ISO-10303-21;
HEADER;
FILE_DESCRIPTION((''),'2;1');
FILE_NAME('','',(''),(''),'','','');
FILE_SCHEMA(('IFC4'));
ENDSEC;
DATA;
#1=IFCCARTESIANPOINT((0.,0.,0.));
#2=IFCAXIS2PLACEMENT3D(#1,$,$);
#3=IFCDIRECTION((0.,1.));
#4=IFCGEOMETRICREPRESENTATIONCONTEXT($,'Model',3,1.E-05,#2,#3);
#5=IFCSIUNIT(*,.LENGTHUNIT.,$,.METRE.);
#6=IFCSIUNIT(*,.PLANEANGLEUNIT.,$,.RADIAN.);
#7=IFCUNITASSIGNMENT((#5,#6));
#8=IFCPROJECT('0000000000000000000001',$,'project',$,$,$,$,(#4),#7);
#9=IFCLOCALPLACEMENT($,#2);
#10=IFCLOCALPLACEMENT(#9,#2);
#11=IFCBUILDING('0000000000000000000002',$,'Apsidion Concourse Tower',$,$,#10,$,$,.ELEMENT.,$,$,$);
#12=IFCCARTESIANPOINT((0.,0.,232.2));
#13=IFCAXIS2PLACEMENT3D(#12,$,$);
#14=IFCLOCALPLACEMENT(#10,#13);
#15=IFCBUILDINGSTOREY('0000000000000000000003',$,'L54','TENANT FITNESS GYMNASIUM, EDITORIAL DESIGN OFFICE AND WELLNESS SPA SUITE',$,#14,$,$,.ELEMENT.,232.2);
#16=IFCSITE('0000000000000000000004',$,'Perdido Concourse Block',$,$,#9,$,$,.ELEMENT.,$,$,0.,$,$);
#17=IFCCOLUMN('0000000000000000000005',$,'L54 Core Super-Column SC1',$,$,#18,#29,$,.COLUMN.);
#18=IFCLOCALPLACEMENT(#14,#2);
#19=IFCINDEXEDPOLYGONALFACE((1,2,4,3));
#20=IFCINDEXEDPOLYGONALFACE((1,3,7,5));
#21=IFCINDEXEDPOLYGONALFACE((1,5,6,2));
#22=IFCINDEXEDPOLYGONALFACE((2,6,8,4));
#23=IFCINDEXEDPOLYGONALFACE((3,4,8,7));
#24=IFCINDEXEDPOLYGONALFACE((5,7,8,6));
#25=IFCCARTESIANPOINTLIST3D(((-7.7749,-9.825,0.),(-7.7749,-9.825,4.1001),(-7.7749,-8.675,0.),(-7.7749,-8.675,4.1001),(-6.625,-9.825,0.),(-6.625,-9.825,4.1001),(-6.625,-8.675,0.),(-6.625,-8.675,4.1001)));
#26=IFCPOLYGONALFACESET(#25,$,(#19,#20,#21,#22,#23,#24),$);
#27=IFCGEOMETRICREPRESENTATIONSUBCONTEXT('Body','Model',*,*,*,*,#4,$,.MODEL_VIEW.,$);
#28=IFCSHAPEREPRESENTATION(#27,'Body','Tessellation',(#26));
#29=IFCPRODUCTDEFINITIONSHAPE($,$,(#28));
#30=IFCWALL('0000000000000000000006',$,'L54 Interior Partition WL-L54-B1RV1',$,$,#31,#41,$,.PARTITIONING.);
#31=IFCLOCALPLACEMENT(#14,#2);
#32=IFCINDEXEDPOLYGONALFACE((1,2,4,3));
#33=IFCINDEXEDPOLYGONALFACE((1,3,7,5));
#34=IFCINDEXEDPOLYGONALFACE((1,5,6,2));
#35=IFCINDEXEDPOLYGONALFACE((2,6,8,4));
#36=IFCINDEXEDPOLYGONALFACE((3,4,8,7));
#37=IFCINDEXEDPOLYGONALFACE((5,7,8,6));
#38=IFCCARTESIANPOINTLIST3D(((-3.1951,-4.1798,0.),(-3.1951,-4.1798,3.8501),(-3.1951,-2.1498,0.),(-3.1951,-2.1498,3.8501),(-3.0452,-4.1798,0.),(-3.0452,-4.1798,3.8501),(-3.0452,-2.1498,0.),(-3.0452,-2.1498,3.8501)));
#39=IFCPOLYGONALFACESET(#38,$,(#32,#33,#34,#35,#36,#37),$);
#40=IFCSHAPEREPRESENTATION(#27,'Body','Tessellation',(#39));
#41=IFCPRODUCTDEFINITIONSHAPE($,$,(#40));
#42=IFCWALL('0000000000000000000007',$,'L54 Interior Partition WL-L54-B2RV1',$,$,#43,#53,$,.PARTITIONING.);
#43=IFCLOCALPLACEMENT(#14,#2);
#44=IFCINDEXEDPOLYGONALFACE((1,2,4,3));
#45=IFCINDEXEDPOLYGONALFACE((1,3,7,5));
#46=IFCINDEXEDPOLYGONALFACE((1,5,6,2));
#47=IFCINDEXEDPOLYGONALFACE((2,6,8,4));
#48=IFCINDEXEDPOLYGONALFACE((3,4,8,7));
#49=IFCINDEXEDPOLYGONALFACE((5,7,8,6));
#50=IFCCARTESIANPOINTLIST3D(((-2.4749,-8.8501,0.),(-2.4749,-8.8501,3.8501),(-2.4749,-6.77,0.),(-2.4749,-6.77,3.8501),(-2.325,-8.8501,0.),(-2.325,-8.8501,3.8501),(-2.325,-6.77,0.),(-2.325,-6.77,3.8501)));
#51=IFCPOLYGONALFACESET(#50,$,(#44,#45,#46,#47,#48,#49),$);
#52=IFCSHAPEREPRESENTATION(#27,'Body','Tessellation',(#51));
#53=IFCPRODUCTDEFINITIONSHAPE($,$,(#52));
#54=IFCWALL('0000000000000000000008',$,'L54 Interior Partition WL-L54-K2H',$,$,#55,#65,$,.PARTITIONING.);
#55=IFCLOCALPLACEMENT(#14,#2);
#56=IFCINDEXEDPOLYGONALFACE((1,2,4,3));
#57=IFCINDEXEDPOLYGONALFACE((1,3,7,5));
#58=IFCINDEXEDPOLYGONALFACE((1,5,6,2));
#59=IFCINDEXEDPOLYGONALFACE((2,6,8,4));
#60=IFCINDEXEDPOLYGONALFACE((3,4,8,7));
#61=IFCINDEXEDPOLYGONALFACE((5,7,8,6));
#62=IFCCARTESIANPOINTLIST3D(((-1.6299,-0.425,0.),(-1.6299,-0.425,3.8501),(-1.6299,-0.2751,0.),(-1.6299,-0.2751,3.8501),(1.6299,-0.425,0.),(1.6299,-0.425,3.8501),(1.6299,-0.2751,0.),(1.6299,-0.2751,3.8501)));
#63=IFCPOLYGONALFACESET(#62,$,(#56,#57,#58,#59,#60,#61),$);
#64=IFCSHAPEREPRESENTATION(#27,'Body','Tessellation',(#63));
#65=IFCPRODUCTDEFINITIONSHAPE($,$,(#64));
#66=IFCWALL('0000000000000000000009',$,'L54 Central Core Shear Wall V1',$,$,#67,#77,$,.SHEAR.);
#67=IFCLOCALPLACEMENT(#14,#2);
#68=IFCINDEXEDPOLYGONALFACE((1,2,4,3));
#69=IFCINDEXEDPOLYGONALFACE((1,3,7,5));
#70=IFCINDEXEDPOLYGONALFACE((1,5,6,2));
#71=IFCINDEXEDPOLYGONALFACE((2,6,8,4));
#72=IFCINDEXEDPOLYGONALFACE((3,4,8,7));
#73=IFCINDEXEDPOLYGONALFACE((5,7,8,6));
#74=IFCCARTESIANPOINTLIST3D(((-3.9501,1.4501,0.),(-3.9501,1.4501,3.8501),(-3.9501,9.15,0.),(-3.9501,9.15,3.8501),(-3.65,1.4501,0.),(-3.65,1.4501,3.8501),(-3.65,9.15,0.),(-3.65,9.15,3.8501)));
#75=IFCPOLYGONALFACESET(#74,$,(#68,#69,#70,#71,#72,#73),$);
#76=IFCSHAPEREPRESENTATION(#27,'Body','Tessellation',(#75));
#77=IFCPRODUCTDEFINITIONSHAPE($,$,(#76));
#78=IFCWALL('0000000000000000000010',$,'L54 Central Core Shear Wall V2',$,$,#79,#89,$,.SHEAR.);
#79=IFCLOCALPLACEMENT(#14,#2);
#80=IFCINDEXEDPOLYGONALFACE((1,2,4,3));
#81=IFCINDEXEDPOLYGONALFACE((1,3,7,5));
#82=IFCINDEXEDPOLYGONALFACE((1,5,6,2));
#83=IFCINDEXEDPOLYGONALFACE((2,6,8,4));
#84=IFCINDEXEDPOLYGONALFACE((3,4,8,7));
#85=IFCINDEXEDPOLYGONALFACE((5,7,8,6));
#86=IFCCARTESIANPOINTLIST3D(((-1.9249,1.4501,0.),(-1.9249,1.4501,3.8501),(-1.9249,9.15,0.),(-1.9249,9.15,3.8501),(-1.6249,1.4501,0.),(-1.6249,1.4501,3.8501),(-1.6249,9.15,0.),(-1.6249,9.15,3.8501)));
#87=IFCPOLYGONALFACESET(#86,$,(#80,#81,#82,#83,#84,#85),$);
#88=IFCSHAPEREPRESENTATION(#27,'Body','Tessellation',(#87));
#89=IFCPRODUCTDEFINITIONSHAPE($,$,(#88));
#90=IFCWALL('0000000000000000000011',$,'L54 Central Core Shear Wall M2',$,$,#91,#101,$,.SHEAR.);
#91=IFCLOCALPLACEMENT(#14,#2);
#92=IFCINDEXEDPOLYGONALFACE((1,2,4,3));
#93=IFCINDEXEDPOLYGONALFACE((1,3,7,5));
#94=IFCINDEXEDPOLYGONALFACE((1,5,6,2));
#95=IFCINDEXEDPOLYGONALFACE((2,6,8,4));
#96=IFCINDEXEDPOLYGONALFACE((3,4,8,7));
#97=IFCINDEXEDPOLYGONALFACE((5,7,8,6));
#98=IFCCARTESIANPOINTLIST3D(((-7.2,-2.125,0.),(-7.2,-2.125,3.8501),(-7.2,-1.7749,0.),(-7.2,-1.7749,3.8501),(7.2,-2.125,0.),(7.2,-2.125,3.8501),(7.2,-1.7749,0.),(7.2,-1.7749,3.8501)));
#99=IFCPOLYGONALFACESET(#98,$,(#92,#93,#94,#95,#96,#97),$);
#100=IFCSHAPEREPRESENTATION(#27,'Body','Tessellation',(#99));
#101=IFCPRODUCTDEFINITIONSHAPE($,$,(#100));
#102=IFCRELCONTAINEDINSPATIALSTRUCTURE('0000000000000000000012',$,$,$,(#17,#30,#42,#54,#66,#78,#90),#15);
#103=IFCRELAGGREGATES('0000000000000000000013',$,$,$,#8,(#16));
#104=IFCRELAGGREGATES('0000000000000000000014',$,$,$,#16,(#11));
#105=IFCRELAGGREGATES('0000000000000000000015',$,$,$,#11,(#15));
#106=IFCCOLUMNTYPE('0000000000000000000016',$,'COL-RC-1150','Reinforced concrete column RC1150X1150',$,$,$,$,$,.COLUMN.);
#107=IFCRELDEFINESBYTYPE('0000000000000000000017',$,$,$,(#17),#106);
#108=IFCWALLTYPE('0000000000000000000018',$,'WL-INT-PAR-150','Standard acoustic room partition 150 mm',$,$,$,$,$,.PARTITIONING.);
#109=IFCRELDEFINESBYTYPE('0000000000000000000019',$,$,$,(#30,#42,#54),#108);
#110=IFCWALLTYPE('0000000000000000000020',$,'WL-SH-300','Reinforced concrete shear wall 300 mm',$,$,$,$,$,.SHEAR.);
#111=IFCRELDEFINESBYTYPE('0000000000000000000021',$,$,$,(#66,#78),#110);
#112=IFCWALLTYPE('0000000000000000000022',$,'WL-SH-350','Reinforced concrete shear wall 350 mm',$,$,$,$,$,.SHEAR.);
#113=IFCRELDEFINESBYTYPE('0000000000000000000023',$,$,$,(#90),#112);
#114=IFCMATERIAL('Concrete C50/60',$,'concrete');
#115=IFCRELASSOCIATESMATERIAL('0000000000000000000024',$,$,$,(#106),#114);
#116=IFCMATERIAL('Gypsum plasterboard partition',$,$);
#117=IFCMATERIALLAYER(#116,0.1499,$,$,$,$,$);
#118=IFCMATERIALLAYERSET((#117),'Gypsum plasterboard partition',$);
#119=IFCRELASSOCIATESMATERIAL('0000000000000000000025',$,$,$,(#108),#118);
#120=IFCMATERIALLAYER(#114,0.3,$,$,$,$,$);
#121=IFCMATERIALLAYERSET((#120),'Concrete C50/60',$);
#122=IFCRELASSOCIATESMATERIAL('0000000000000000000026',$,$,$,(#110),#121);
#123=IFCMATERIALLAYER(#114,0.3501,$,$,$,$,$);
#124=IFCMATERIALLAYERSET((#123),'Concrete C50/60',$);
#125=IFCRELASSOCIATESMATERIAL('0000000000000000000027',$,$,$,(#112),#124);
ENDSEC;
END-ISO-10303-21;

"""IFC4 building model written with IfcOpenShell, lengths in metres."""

from ifc_helpers import new_model, si_unit, direction, frame, frame_2d, origin, origin_2d, place, context, subcontext, project, spatial, rectangle, extrude, material, layer, layer_set, material_profile, profile_set, type_object, element, save


model = new_model("IFC4")

# Units and contexts
model_context = context("Model", 3, precision=1e-05, world=origin(), true_north=direction((0.0, 1.0)))
body_context = subcontext(model_context, "Body", "Model", "MODEL_VIEW")
ifc_project = project(units=[si_unit("LENGTHUNIT", "METRE"), si_unit("PLANEANGLEUNIT", "RADIAN")], contexts=[model_context])

# Site, building, storey
site_placement = place(None, origin())
site = spatial("IfcSite", under=ifc_project, at=site_placement, Name="Perdido Concourse Block", CompositionType="ELEMENT", RefElevation=0.0)
building_placement = place(site_placement, origin())
building = spatial("IfcBuilding", under=site, at=building_placement, Name="Apsidion Concourse Tower", CompositionType="ELEMENT")
storey_placement = place(building_placement, frame((0.0, 0.0, 232.2)))
storey = spatial("IfcBuildingStorey", under=building, at=storey_placement, Name="L54", Description="TENANT FITNESS GYMNASIUM, EDITORIAL DESIGN OFFICE AND WELLNESS SPA SUITE", CompositionType="ELEMENT", Elevation=232.2)

# Column
ifc_material_1 = material(Name="Concrete C50/60", Category="concrete")
ifc_material_profile = material_profile(ifc_material_1, rectangle(XDim=1.1499, YDim=1.1499, at=origin_2d()), Name="RC 1150x1150")
ifc_profile_set = profile_set([ifc_material_profile], Name="Concrete C50/60")
column_type = type_object("IfcColumnType", Name="COL-RC-1150", Description="Reinforced concrete column RC1150X1150", PredefinedType="COLUMN", material=ifc_profile_set)
column_placement = place(storey_placement, frame((-7.2, -9.25, 0.0), z_axis=(0.0, 0.0, 1.0), x_axis=(1.0, 0.0, 0.0)))
element("IfcColumn", 1, at=column_placement, inside=storey, type_object=column_type, Name="L54 Core Super-Column SC1", PredefinedType="COLUMN", context=body_context, shape_type="SweptSolid", body=[
    extrude(rectangle(XDim=1.1499, YDim=1.1499, at=origin_2d()), origin(), (0.0, 0.0, 1.0), 4.1001),
])

# Walls
ifc_material_2 = material(Name="Gypsum plasterboard partition")
ifc_layer_1 = layer(ifc_material_2, 0.1499)
ifc_layer_set_1 = layer_set([ifc_layer_1], Name="Gypsum plasterboard partition")
wall_type_1 = type_object("IfcWallType", Name="WL-INT-PAR-150", Description="Standard acoustic room partition 150 mm", PredefinedType="PARTITIONING", material=ifc_layer_set_1)
wall_1_placement = place(storey_placement, frame((-3.1201, -4.1799, 0.0), z_axis=(0.0, 0.0, 1.0), x_axis=(0.0, 1.0, 0.0)))
element("IfcWall", 2, at=wall_1_placement, inside=storey, type_object=wall_type_1, Name="L54 Interior Partition WL-L54-B1RV1", PredefinedType="PARTITIONING", context=body_context, shape_type="SweptSolid", body=[
    extrude(rectangle(XDim=2.03, YDim=0.1499, at=frame_2d((1.0151, 0.0))), origin(), (0.0, 0.0, 1.0), 3.8501),
])
wall_2_placement = place(storey_placement, frame((-2.3999, -8.8501, 0.0), z_axis=(0.0, 0.0, 1.0), x_axis=(0.0, 1.0, 0.0)))
element("IfcWall", 3, at=wall_2_placement, inside=storey, type_object=wall_type_1, Name="L54 Interior Partition WL-L54-B2RV1", PredefinedType="PARTITIONING", context=body_context, shape_type="SweptSolid", body=[
    extrude(rectangle(XDim=2.0801, YDim=0.1499, at=frame_2d((1.04, 0.0))), origin(), (0.0, 0.0, 1.0), 3.8501),
])
wall_3_placement = place(storey_placement, frame((-1.6299, -0.3501, 0.0), z_axis=(0.0, 0.0, 1.0), x_axis=(1.0, 0.0, 0.0)))
element("IfcWall", 4, at=wall_3_placement, inside=storey, type_object=wall_type_1, Name="L54 Interior Partition WL-L54-K2H", PredefinedType="PARTITIONING", context=body_context, shape_type="SweptSolid", body=[
    extrude(rectangle(XDim=3.2598, YDim=0.1499, at=frame_2d((1.6299, 0.0))), origin(), (0.0, 0.0, 1.0), 3.8501),
])

# Walls
ifc_layer_2 = layer(ifc_material_1, 0.3)
ifc_layer_set_2 = layer_set([ifc_layer_2], Name="Concrete C50/60")
wall_type_2 = type_object("IfcWallType", Name="WL-SH-300", Description="Reinforced concrete shear wall 300 mm", PredefinedType="SHEAR", material=ifc_layer_set_2)
for number, where, z_axis, x_axis, name in (
    (5, (-3.8, 1.45, 0.0), (0.0, 0.0, 1.0), (0.0, 1.0, 0.0), "L54 Central Core Shear Wall V1"),
    (6, (-1.7749, 1.45, 0.0), (0.0, 0.0, 1.0), (0.0, 1.0, 0.0), "L54 Central Core Shear Wall V2"),
):
    element("IfcWall", number, at=place(storey_placement, frame(where, z_axis=z_axis, x_axis=x_axis)), inside=storey, type_object=wall_type_2, Name=name, PredefinedType="SHEAR", context=body_context, shape_type="SweptSolid", body=[
        extrude(rectangle(XDim=7.7, YDim=0.3, at=frame_2d((3.8501, 0.0))), origin(), (0.0, 0.0, 1.0), 3.8501),
    ])

# Shared definitions
ifc_layer_3 = layer(ifc_material_1, 0.3501)
ifc_layer_set_3 = layer_set([ifc_layer_3], Name="Concrete C50/60")
wall_type_3 = type_object("IfcWallType", Name="WL-SH-350", Description="Reinforced concrete shear wall 350 mm", PredefinedType="SHEAR", material=ifc_layer_set_3)

# Wall
wall_4_placement = place(storey_placement, frame((-7.2, -1.95, 0.0), z_axis=(0.0, 0.0, 1.0), x_axis=(1.0, 0.0, 0.0)))
element("IfcWall", 7, at=wall_4_placement, inside=storey, type_object=wall_type_3, Name="L54 Central Core Shear Wall M2", PredefinedType="SHEAR", context=body_context, shape_type="SweptSolid", body=[
    extrude(rectangle(XDim=14.3999, YDim=0.3501, at=frame_2d((7.2, 0.0))), origin(), (0.0, 0.0, 1.0), 3.8501),
])

save(model, "model.ifc")
